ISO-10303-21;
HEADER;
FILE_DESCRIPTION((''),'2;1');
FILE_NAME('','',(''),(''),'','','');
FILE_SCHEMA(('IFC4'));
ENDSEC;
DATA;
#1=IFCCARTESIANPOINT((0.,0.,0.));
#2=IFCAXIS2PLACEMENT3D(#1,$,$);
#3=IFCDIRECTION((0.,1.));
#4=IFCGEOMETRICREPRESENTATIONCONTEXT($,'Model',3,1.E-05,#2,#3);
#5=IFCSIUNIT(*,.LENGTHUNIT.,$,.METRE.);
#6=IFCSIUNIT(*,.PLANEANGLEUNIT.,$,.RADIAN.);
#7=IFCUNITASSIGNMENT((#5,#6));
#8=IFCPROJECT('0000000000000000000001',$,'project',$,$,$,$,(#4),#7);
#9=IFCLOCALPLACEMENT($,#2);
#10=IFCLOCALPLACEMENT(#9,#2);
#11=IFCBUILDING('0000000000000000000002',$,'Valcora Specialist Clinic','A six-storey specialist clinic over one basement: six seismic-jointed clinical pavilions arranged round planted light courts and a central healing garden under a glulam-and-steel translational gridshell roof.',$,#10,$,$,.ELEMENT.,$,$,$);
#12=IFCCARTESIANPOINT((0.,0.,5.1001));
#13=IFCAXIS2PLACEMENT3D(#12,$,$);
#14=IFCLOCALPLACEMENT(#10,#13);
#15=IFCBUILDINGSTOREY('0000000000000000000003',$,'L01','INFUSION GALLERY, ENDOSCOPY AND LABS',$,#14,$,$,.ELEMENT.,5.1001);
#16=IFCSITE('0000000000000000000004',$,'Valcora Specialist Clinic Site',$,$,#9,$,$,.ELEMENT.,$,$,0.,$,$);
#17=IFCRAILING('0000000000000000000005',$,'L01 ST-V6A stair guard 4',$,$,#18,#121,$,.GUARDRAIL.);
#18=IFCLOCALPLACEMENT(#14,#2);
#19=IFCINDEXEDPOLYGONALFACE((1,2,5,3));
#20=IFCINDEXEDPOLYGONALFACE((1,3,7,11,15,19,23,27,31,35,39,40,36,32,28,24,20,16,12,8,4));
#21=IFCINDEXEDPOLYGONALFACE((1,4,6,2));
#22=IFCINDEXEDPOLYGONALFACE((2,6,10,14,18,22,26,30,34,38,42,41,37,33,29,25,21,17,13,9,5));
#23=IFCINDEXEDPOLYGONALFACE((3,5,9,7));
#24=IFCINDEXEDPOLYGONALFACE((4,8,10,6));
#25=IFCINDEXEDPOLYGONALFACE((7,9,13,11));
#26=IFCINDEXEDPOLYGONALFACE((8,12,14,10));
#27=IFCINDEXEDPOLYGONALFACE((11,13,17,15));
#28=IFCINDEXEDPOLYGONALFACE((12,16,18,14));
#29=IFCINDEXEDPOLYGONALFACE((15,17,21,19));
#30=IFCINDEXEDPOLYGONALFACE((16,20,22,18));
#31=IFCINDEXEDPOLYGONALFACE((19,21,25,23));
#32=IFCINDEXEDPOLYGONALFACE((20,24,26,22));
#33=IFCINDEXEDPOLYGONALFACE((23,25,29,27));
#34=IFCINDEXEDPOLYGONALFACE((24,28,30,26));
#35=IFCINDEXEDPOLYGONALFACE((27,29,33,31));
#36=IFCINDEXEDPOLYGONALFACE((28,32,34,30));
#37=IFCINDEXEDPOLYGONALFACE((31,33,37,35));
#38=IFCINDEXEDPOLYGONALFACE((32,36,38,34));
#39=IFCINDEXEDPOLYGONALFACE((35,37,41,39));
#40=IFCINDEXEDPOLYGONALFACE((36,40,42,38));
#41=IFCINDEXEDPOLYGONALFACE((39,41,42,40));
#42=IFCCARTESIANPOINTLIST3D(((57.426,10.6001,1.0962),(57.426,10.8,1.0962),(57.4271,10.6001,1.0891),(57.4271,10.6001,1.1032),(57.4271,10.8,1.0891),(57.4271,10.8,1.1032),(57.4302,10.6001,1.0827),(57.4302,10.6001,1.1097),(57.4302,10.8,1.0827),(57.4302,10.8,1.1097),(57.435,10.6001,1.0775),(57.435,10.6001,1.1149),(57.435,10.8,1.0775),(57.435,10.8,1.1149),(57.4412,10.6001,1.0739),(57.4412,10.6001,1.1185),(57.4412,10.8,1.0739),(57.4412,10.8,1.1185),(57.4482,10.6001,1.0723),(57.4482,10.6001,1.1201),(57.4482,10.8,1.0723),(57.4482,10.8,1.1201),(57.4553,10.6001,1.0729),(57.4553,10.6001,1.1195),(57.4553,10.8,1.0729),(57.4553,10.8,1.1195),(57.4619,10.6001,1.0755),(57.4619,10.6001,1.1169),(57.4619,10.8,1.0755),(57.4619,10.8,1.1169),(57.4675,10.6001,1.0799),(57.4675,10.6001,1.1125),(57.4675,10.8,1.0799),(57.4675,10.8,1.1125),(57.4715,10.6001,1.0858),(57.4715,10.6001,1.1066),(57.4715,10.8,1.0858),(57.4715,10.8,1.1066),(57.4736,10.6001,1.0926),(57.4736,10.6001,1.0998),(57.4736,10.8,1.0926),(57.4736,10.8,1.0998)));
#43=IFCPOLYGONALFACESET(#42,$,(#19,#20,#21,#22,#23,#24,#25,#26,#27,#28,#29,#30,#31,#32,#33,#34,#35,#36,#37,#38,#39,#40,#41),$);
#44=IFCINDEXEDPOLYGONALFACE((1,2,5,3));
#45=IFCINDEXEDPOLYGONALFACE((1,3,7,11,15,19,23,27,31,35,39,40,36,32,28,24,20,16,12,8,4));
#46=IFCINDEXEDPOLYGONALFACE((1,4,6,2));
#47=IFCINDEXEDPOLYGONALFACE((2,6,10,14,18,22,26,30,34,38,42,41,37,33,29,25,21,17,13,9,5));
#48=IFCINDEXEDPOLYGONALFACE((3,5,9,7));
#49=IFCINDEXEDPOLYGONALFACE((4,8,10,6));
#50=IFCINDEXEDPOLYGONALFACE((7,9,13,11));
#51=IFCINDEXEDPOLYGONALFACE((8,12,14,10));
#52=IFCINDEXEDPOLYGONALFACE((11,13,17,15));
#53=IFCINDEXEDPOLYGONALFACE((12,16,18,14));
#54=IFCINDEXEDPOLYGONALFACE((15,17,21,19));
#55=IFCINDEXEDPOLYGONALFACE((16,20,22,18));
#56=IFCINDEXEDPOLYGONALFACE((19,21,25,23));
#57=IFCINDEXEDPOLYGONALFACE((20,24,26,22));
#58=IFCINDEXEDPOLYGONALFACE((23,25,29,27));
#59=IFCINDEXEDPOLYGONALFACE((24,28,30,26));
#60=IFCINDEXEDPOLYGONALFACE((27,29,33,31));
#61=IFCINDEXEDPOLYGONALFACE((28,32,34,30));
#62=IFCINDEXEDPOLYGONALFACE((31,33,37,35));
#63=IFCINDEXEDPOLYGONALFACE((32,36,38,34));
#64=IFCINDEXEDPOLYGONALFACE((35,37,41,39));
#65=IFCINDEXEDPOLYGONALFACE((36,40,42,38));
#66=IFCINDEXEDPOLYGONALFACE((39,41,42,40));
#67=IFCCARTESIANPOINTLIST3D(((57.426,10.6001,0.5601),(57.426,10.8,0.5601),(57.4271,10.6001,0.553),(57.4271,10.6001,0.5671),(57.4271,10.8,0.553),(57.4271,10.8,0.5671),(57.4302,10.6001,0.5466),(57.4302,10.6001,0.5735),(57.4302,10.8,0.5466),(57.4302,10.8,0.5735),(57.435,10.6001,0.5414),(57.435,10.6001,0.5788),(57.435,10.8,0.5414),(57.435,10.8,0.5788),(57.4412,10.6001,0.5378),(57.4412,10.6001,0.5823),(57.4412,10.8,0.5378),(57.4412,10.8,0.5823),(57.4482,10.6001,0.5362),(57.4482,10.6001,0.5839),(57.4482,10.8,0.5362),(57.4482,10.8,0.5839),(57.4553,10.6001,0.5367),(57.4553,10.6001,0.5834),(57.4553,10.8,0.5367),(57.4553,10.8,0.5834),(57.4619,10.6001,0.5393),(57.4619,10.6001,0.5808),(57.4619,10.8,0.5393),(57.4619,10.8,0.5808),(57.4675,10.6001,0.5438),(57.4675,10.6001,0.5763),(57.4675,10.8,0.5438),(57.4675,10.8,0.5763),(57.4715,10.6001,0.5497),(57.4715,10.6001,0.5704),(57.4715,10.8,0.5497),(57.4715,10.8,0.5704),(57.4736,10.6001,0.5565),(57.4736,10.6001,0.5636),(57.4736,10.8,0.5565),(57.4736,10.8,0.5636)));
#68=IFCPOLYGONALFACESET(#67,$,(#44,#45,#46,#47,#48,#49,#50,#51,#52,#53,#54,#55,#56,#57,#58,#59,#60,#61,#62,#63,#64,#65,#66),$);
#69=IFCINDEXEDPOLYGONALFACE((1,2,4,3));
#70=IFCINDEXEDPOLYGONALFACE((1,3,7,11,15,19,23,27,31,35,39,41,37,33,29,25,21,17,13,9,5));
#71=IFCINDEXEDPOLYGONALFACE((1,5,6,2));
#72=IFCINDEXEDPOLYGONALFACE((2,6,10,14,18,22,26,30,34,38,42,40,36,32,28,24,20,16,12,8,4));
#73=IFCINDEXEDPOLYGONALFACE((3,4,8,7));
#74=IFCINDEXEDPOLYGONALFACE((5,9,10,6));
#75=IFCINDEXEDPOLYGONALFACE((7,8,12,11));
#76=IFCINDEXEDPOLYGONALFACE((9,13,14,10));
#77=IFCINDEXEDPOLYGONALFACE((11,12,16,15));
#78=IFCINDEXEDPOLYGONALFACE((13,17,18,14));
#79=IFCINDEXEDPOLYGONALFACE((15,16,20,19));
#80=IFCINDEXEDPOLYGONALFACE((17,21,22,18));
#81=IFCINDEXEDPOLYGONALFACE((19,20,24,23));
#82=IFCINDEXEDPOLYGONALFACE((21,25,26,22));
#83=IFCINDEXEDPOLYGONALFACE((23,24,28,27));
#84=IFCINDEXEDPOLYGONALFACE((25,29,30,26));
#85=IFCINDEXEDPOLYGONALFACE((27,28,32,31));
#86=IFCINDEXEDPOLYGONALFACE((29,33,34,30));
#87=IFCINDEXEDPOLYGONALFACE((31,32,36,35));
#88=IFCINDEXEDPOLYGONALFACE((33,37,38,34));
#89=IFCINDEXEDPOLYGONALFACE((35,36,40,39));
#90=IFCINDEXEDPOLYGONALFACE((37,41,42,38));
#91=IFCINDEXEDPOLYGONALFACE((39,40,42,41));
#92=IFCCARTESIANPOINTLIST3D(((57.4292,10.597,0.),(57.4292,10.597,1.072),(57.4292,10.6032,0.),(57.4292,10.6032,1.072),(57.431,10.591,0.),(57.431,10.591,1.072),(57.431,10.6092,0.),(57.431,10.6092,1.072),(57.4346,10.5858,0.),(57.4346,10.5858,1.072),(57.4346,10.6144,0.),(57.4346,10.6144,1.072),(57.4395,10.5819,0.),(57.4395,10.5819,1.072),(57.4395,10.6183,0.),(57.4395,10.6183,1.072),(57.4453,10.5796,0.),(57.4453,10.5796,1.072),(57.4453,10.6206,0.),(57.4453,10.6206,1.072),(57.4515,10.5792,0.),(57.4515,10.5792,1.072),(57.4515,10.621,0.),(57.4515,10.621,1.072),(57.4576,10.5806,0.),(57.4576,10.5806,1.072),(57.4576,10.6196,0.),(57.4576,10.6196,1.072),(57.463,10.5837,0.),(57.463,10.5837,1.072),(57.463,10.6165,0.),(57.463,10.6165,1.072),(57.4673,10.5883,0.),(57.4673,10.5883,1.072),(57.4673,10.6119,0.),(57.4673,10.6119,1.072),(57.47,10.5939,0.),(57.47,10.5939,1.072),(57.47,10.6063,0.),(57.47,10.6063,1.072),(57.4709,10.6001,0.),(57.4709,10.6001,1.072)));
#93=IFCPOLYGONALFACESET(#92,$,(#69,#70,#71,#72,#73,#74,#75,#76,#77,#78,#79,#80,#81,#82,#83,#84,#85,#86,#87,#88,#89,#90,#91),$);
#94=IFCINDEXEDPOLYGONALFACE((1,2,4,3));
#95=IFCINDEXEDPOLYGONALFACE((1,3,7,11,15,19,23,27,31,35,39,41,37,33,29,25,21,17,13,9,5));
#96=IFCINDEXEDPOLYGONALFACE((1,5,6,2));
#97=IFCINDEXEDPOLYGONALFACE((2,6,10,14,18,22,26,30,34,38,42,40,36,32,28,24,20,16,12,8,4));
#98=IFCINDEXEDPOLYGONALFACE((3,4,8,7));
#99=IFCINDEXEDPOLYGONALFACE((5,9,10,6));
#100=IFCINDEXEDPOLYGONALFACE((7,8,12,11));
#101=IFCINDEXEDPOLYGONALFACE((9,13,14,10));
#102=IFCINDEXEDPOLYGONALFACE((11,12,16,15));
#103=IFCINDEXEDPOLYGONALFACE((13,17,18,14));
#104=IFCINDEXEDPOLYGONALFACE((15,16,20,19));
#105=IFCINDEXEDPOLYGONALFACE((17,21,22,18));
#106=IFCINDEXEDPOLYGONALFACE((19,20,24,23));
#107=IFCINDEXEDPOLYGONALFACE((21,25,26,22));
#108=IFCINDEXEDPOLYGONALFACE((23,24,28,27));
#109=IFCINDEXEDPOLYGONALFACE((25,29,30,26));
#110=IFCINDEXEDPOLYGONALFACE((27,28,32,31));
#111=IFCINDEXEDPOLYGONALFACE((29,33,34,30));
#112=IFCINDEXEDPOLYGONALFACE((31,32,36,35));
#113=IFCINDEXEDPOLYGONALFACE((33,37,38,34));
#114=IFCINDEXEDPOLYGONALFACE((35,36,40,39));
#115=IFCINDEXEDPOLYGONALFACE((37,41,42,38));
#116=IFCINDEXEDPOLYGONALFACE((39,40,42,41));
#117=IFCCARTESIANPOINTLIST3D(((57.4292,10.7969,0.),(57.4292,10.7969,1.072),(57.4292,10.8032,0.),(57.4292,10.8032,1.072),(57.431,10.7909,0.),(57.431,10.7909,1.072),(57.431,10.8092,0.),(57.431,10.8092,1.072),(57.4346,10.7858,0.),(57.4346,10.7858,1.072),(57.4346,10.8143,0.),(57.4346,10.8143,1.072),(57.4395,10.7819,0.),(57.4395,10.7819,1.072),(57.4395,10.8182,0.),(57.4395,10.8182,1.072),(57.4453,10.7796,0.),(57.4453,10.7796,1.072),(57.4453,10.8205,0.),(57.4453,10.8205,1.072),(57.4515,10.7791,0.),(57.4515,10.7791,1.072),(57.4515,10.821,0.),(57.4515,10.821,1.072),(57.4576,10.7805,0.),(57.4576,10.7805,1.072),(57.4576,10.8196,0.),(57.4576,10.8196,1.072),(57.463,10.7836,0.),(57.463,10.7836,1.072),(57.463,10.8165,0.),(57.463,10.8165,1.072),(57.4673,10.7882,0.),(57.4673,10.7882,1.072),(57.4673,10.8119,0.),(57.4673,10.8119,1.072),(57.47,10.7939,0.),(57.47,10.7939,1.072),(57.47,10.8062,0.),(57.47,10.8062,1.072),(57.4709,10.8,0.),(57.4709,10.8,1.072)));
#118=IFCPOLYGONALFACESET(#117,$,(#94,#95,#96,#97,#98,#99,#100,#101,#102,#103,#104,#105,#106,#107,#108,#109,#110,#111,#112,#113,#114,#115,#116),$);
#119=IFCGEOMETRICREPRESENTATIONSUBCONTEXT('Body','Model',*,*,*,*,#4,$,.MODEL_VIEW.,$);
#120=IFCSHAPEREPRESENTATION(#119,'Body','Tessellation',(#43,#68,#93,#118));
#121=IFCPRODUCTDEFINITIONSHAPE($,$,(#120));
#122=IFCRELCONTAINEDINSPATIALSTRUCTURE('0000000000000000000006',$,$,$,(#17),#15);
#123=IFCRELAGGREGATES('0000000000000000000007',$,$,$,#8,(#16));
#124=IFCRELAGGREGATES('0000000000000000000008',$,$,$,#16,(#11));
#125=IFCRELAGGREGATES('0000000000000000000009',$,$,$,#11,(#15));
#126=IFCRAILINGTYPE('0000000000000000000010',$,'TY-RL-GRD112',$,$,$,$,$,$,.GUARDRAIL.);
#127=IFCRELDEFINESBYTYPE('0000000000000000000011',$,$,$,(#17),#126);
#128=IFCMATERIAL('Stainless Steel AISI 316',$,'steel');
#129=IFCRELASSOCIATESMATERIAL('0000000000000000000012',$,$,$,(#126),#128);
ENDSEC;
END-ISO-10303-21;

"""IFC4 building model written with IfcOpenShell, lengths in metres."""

from ifc_helpers import new_model, si_unit, direction, frame, origin, origin_2d, place, context, subcontext, project, spatial, circle, extrude, material, type_object, element, save


model = new_model("IFC4")

# Units and contexts
model_context = context("Model", 3, precision=1e-05, world=origin(), true_north=direction((0.0, 1.0)))
body_context = subcontext(model_context, "Body", "Model", "MODEL_VIEW")
ifc_project = project(units=[si_unit("LENGTHUNIT", "METRE"), si_unit("PLANEANGLEUNIT", "RADIAN")], contexts=[model_context])

# Site, building, storey
site_placement = place(None, origin())
site = spatial("IfcSite", under=ifc_project, at=site_placement, Name="Valcora Specialist Clinic Site", CompositionType="ELEMENT", RefElevation=0.0)
building_placement = place(site_placement, origin())
building = spatial("IfcBuilding", under=site, at=building_placement, Name="Valcora Specialist Clinic", Description="A six-storey specialist clinic over one basement: six seismic-jointed clinical pavilions arranged round planted light courts and a central healing garden under a glulam-and-steel translational gridshell roof.", CompositionType="ELEMENT")
storey_placement = place(building_placement, frame((0.0, 0.0, 5.1001)))
storey = spatial("IfcBuildingStorey", under=building, at=storey_placement, Name="L01", Description="INFUSION GALLERY, ENDOSCOPY AND LABS", CompositionType="ELEMENT", Elevation=5.1001)

# Railing
ifc_material_1 = material(Name="Stainless Steel AISI 316", Category="steel")
railing_type_1 = type_object("IfcRailingType", Name="TY-RL-GRD112", PredefinedType="GUARDRAIL", material=ifc_material_1)
railing_1_placement = place(storey_placement, frame((57.45, 10.6001, 0.0)))
element("IfcRailing", 1, at=railing_1_placement, inside=storey, type_object=railing_type_1, Name="L01 ST-V6A stair guard 4", PredefinedType="GUARDRAIL", context=body_context, shape_type="SweptSolid", body=[
    extrude(circle(Radius=0.0239, at=origin_2d()), frame((0.0, 0.0, 1.0962), z_axis=(0.0, 1.0, 0.0), x_axis=(-1.0, 0.0, 0.0)), (0.0, 0.0, 1.0), 0.2),
    extrude(circle(Radius=0.0239, at=origin_2d()), frame((0.0, 0.0, 0.5601), z_axis=(0.0, 1.0, 0.0), x_axis=(-1.0, 0.0, 0.0)), (0.0, 0.0, 1.0), 0.2),
    extrude(circle(Radius=0.021, at=origin_2d()), origin(), (0.0, 0.0, 1.0), 1.072),
    extrude(circle(Radius=0.021, at=origin_2d()), frame((0.0, 0.2, 0.0)), (0.0, 0.0, 1.0), 1.072),
])

save(model, "model.ifc")
